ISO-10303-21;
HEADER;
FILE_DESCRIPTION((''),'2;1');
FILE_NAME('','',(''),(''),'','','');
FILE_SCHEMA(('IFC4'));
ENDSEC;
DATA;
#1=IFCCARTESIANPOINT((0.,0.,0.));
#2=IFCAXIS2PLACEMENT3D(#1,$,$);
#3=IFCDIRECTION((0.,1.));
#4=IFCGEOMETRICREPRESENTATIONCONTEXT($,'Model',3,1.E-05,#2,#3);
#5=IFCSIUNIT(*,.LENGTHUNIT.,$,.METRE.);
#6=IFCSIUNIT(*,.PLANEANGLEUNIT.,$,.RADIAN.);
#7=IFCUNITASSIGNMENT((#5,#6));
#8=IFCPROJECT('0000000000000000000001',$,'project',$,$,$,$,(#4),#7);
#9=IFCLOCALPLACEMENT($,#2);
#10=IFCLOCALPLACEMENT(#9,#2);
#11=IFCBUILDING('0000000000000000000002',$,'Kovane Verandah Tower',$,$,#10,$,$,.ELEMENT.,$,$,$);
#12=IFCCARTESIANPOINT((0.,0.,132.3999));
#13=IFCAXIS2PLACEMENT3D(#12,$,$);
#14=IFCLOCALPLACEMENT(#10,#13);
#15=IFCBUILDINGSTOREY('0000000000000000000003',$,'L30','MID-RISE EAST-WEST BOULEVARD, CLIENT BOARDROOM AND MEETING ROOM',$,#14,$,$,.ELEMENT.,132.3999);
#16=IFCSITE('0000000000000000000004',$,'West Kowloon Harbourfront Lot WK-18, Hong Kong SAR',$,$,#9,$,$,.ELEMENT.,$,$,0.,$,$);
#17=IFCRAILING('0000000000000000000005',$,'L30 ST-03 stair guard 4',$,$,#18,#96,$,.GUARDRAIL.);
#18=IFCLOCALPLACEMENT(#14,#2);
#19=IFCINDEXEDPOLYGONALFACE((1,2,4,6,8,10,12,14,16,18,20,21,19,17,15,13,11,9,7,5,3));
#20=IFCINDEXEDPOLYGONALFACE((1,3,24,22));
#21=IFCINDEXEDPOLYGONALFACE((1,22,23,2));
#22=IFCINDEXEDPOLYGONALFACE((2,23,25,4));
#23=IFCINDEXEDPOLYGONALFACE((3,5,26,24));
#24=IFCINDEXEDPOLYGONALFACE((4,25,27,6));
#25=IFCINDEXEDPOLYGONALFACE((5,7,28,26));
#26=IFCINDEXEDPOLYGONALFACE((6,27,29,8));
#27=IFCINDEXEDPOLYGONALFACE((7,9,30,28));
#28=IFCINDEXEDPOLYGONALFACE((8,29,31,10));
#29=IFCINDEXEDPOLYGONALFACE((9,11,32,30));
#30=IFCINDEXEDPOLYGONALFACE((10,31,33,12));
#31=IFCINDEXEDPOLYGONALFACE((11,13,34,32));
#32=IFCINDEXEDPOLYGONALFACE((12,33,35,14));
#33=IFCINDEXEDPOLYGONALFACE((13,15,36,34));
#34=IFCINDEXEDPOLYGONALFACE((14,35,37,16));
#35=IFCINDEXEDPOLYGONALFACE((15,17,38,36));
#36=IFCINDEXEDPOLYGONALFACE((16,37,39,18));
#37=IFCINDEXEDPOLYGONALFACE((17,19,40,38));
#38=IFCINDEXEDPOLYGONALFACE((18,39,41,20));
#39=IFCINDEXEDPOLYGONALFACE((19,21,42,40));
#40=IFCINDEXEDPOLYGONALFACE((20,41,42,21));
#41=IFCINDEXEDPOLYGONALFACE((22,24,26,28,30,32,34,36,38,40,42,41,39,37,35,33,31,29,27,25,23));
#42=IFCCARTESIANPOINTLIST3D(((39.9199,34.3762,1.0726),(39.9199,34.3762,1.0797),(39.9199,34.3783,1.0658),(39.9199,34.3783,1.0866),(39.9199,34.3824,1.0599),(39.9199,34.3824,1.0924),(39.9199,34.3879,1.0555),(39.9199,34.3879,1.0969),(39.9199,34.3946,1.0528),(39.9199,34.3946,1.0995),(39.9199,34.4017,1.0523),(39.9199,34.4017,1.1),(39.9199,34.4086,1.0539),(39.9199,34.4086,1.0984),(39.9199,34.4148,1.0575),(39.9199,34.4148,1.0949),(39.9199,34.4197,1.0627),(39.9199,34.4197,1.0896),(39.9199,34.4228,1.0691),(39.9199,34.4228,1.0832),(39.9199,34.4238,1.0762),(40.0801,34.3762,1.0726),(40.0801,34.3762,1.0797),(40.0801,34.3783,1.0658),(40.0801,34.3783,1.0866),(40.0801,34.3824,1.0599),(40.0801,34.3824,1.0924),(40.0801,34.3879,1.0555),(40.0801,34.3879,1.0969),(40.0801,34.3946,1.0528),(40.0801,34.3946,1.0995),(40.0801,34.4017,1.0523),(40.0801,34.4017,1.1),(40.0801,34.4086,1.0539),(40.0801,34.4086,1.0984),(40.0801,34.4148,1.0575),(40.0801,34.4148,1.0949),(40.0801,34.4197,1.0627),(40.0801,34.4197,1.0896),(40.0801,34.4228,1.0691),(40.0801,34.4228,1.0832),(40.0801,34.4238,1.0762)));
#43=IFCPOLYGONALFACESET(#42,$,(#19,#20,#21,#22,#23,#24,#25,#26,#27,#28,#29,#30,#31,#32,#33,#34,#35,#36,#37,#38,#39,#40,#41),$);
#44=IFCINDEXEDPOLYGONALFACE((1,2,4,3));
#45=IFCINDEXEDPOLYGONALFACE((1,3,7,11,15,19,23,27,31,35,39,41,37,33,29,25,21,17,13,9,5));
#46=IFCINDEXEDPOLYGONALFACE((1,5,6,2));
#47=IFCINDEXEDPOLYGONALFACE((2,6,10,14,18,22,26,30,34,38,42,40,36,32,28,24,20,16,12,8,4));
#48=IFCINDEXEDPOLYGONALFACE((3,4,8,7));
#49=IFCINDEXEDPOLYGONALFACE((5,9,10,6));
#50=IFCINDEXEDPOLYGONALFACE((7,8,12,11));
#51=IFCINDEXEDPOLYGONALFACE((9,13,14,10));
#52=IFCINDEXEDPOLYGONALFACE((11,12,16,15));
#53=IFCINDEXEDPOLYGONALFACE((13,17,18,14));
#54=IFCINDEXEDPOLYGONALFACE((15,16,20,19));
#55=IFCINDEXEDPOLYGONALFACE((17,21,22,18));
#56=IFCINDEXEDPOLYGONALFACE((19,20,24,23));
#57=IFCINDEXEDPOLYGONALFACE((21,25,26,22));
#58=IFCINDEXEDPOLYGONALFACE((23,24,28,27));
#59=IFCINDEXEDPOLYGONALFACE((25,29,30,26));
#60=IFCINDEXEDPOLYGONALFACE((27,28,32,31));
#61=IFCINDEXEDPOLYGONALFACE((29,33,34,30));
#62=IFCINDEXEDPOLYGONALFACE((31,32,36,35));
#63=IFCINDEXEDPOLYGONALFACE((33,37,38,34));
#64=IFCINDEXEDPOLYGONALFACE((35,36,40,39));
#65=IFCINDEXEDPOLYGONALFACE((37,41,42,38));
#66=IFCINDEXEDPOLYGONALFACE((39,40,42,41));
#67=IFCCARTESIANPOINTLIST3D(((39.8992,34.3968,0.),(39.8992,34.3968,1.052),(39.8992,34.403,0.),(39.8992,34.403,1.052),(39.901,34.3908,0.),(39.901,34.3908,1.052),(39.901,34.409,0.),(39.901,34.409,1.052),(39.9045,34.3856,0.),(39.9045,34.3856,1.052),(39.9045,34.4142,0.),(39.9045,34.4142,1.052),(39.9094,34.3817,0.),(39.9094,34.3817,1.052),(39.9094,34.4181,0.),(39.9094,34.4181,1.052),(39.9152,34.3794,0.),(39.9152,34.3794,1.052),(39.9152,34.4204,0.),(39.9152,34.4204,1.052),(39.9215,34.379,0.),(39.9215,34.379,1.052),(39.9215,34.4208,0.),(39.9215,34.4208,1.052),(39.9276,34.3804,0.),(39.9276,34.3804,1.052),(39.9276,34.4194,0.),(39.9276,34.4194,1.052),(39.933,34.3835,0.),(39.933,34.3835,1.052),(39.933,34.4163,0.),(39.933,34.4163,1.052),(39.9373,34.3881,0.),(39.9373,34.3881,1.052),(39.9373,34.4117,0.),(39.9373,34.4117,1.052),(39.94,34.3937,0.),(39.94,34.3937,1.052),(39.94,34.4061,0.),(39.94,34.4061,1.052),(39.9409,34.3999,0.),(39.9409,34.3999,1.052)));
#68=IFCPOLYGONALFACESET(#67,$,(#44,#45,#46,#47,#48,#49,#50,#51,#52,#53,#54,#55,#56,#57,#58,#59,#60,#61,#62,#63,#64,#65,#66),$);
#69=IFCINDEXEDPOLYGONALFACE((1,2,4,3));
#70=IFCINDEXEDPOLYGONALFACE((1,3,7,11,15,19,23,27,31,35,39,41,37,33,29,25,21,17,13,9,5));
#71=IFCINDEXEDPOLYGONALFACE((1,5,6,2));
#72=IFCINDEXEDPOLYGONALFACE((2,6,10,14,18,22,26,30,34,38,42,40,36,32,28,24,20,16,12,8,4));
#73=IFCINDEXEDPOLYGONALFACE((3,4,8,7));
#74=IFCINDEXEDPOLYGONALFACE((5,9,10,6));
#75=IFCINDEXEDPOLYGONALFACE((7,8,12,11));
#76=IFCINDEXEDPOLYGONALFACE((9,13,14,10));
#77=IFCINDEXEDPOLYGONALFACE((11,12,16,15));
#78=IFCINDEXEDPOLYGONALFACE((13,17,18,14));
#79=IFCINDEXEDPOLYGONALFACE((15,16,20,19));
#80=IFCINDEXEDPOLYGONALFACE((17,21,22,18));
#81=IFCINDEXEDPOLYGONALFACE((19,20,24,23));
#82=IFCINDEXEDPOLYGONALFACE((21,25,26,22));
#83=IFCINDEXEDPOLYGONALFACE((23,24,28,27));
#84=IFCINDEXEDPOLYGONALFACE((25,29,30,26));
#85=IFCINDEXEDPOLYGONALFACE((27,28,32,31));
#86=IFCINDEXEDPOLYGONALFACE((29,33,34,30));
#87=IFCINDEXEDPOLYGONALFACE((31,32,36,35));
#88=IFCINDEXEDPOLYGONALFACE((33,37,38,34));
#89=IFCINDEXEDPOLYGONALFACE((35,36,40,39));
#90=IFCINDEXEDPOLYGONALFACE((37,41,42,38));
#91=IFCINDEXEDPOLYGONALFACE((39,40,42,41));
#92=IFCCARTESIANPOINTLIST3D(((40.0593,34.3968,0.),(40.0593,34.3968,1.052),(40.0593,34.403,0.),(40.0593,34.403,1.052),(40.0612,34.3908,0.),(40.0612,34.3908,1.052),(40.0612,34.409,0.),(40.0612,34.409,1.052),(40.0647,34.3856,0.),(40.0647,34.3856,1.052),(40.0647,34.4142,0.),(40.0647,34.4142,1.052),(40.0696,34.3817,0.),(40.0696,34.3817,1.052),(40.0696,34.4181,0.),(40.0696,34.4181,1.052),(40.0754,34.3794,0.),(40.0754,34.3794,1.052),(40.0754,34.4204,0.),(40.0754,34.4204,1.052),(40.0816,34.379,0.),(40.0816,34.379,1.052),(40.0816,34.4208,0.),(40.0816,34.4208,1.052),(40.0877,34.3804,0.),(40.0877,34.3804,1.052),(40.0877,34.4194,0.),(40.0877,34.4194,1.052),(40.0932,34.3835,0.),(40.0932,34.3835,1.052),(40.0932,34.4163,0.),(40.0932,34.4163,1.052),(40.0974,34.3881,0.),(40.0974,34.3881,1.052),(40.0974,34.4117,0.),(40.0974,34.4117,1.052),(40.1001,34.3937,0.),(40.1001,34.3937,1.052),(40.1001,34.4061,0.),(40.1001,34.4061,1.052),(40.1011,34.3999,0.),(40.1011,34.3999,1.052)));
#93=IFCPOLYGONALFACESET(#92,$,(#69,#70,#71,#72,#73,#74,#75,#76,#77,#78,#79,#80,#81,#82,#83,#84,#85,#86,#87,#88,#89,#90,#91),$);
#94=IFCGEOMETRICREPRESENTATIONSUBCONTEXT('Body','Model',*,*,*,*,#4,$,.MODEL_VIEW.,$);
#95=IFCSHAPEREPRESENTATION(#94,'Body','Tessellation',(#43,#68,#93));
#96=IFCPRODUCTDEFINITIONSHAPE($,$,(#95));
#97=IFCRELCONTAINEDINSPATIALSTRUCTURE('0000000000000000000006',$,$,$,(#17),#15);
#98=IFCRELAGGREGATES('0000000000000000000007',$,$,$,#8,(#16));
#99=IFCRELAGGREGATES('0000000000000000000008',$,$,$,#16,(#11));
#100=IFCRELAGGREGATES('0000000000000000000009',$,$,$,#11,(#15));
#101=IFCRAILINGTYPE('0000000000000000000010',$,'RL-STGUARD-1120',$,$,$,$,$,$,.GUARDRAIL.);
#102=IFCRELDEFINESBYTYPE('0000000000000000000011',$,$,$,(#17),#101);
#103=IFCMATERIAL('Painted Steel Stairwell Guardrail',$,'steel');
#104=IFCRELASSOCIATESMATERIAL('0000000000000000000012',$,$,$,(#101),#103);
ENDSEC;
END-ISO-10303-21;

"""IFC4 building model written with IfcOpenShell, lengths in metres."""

from ifc_helpers import new_model, si_unit, direction, frame, origin, origin_2d, place, context, subcontext, project, spatial, circle, extrude, material, type_object, element, save


model = new_model("IFC4")

# Units and contexts
model_context = context("Model", 3, precision=1e-05, world=origin(), true_north=direction((0.0, 1.0)))
body_context = subcontext(model_context, "Body", "Model", "MODEL_VIEW")
ifc_project = project(units=[si_unit("LENGTHUNIT", "METRE"), si_unit("PLANEANGLEUNIT", "RADIAN")], contexts=[model_context])

# Site, building, storey
site_placement = place(None, origin())
site = spatial("IfcSite", under=ifc_project, at=site_placement, Name="West Kowloon Harbourfront Lot WK-18, Hong Kong SAR", CompositionType="ELEMENT", RefElevation=0.0)
building_placement = place(site_placement, origin())
building = spatial("IfcBuilding", under=site, at=building_placement, Name="Kovane Verandah Tower", CompositionType="ELEMENT")
storey_placement = place(building_placement, frame((0.0, 0.0, 132.3999)))
storey = spatial("IfcBuildingStorey", under=building, at=storey_placement, Name="L30", Description="MID-RISE EAST-WEST BOULEVARD, CLIENT BOARDROOM AND MEETING ROOM", CompositionType="ELEMENT", Elevation=132.3999)

# Railing
ifc_material_1 = material(Name="Painted Steel Stairwell Guardrail", Category="steel")
railing_type_1 = type_object("IfcRailingType", Name="RL-STGUARD-1120", PredefinedType="GUARDRAIL", material=ifc_material_1)
railing_1_placement = place(storey_placement, frame((39.9199, 34.3999, 0.0)))
element("IfcRailing", 1, at=railing_1_placement, inside=storey, type_object=railing_type_1, Name="L30 ST-03 stair guard 4", PredefinedType="GUARDRAIL", context=body_context, shape_type="SweptSolid", body=[
    extrude(circle(Radius=0.0239, at=origin_2d()), frame((0.0, 0.0, 1.0762), z_axis=(1.0, 0.0, 0.0), x_axis=(0.0, 1.0, 0.0)), (0.0, 0.0, 1.0), 0.1602),
    extrude(circle(Radius=0.021, at=origin_2d()), origin(), (0.0, 0.0, 1.0), 1.052),
    extrude(circle(Radius=0.021, at=origin_2d()), frame((0.1602, 0.0, 0.0)), (0.0, 0.0, 1.0), 1.052),
])

save(model, "model.ifc")
